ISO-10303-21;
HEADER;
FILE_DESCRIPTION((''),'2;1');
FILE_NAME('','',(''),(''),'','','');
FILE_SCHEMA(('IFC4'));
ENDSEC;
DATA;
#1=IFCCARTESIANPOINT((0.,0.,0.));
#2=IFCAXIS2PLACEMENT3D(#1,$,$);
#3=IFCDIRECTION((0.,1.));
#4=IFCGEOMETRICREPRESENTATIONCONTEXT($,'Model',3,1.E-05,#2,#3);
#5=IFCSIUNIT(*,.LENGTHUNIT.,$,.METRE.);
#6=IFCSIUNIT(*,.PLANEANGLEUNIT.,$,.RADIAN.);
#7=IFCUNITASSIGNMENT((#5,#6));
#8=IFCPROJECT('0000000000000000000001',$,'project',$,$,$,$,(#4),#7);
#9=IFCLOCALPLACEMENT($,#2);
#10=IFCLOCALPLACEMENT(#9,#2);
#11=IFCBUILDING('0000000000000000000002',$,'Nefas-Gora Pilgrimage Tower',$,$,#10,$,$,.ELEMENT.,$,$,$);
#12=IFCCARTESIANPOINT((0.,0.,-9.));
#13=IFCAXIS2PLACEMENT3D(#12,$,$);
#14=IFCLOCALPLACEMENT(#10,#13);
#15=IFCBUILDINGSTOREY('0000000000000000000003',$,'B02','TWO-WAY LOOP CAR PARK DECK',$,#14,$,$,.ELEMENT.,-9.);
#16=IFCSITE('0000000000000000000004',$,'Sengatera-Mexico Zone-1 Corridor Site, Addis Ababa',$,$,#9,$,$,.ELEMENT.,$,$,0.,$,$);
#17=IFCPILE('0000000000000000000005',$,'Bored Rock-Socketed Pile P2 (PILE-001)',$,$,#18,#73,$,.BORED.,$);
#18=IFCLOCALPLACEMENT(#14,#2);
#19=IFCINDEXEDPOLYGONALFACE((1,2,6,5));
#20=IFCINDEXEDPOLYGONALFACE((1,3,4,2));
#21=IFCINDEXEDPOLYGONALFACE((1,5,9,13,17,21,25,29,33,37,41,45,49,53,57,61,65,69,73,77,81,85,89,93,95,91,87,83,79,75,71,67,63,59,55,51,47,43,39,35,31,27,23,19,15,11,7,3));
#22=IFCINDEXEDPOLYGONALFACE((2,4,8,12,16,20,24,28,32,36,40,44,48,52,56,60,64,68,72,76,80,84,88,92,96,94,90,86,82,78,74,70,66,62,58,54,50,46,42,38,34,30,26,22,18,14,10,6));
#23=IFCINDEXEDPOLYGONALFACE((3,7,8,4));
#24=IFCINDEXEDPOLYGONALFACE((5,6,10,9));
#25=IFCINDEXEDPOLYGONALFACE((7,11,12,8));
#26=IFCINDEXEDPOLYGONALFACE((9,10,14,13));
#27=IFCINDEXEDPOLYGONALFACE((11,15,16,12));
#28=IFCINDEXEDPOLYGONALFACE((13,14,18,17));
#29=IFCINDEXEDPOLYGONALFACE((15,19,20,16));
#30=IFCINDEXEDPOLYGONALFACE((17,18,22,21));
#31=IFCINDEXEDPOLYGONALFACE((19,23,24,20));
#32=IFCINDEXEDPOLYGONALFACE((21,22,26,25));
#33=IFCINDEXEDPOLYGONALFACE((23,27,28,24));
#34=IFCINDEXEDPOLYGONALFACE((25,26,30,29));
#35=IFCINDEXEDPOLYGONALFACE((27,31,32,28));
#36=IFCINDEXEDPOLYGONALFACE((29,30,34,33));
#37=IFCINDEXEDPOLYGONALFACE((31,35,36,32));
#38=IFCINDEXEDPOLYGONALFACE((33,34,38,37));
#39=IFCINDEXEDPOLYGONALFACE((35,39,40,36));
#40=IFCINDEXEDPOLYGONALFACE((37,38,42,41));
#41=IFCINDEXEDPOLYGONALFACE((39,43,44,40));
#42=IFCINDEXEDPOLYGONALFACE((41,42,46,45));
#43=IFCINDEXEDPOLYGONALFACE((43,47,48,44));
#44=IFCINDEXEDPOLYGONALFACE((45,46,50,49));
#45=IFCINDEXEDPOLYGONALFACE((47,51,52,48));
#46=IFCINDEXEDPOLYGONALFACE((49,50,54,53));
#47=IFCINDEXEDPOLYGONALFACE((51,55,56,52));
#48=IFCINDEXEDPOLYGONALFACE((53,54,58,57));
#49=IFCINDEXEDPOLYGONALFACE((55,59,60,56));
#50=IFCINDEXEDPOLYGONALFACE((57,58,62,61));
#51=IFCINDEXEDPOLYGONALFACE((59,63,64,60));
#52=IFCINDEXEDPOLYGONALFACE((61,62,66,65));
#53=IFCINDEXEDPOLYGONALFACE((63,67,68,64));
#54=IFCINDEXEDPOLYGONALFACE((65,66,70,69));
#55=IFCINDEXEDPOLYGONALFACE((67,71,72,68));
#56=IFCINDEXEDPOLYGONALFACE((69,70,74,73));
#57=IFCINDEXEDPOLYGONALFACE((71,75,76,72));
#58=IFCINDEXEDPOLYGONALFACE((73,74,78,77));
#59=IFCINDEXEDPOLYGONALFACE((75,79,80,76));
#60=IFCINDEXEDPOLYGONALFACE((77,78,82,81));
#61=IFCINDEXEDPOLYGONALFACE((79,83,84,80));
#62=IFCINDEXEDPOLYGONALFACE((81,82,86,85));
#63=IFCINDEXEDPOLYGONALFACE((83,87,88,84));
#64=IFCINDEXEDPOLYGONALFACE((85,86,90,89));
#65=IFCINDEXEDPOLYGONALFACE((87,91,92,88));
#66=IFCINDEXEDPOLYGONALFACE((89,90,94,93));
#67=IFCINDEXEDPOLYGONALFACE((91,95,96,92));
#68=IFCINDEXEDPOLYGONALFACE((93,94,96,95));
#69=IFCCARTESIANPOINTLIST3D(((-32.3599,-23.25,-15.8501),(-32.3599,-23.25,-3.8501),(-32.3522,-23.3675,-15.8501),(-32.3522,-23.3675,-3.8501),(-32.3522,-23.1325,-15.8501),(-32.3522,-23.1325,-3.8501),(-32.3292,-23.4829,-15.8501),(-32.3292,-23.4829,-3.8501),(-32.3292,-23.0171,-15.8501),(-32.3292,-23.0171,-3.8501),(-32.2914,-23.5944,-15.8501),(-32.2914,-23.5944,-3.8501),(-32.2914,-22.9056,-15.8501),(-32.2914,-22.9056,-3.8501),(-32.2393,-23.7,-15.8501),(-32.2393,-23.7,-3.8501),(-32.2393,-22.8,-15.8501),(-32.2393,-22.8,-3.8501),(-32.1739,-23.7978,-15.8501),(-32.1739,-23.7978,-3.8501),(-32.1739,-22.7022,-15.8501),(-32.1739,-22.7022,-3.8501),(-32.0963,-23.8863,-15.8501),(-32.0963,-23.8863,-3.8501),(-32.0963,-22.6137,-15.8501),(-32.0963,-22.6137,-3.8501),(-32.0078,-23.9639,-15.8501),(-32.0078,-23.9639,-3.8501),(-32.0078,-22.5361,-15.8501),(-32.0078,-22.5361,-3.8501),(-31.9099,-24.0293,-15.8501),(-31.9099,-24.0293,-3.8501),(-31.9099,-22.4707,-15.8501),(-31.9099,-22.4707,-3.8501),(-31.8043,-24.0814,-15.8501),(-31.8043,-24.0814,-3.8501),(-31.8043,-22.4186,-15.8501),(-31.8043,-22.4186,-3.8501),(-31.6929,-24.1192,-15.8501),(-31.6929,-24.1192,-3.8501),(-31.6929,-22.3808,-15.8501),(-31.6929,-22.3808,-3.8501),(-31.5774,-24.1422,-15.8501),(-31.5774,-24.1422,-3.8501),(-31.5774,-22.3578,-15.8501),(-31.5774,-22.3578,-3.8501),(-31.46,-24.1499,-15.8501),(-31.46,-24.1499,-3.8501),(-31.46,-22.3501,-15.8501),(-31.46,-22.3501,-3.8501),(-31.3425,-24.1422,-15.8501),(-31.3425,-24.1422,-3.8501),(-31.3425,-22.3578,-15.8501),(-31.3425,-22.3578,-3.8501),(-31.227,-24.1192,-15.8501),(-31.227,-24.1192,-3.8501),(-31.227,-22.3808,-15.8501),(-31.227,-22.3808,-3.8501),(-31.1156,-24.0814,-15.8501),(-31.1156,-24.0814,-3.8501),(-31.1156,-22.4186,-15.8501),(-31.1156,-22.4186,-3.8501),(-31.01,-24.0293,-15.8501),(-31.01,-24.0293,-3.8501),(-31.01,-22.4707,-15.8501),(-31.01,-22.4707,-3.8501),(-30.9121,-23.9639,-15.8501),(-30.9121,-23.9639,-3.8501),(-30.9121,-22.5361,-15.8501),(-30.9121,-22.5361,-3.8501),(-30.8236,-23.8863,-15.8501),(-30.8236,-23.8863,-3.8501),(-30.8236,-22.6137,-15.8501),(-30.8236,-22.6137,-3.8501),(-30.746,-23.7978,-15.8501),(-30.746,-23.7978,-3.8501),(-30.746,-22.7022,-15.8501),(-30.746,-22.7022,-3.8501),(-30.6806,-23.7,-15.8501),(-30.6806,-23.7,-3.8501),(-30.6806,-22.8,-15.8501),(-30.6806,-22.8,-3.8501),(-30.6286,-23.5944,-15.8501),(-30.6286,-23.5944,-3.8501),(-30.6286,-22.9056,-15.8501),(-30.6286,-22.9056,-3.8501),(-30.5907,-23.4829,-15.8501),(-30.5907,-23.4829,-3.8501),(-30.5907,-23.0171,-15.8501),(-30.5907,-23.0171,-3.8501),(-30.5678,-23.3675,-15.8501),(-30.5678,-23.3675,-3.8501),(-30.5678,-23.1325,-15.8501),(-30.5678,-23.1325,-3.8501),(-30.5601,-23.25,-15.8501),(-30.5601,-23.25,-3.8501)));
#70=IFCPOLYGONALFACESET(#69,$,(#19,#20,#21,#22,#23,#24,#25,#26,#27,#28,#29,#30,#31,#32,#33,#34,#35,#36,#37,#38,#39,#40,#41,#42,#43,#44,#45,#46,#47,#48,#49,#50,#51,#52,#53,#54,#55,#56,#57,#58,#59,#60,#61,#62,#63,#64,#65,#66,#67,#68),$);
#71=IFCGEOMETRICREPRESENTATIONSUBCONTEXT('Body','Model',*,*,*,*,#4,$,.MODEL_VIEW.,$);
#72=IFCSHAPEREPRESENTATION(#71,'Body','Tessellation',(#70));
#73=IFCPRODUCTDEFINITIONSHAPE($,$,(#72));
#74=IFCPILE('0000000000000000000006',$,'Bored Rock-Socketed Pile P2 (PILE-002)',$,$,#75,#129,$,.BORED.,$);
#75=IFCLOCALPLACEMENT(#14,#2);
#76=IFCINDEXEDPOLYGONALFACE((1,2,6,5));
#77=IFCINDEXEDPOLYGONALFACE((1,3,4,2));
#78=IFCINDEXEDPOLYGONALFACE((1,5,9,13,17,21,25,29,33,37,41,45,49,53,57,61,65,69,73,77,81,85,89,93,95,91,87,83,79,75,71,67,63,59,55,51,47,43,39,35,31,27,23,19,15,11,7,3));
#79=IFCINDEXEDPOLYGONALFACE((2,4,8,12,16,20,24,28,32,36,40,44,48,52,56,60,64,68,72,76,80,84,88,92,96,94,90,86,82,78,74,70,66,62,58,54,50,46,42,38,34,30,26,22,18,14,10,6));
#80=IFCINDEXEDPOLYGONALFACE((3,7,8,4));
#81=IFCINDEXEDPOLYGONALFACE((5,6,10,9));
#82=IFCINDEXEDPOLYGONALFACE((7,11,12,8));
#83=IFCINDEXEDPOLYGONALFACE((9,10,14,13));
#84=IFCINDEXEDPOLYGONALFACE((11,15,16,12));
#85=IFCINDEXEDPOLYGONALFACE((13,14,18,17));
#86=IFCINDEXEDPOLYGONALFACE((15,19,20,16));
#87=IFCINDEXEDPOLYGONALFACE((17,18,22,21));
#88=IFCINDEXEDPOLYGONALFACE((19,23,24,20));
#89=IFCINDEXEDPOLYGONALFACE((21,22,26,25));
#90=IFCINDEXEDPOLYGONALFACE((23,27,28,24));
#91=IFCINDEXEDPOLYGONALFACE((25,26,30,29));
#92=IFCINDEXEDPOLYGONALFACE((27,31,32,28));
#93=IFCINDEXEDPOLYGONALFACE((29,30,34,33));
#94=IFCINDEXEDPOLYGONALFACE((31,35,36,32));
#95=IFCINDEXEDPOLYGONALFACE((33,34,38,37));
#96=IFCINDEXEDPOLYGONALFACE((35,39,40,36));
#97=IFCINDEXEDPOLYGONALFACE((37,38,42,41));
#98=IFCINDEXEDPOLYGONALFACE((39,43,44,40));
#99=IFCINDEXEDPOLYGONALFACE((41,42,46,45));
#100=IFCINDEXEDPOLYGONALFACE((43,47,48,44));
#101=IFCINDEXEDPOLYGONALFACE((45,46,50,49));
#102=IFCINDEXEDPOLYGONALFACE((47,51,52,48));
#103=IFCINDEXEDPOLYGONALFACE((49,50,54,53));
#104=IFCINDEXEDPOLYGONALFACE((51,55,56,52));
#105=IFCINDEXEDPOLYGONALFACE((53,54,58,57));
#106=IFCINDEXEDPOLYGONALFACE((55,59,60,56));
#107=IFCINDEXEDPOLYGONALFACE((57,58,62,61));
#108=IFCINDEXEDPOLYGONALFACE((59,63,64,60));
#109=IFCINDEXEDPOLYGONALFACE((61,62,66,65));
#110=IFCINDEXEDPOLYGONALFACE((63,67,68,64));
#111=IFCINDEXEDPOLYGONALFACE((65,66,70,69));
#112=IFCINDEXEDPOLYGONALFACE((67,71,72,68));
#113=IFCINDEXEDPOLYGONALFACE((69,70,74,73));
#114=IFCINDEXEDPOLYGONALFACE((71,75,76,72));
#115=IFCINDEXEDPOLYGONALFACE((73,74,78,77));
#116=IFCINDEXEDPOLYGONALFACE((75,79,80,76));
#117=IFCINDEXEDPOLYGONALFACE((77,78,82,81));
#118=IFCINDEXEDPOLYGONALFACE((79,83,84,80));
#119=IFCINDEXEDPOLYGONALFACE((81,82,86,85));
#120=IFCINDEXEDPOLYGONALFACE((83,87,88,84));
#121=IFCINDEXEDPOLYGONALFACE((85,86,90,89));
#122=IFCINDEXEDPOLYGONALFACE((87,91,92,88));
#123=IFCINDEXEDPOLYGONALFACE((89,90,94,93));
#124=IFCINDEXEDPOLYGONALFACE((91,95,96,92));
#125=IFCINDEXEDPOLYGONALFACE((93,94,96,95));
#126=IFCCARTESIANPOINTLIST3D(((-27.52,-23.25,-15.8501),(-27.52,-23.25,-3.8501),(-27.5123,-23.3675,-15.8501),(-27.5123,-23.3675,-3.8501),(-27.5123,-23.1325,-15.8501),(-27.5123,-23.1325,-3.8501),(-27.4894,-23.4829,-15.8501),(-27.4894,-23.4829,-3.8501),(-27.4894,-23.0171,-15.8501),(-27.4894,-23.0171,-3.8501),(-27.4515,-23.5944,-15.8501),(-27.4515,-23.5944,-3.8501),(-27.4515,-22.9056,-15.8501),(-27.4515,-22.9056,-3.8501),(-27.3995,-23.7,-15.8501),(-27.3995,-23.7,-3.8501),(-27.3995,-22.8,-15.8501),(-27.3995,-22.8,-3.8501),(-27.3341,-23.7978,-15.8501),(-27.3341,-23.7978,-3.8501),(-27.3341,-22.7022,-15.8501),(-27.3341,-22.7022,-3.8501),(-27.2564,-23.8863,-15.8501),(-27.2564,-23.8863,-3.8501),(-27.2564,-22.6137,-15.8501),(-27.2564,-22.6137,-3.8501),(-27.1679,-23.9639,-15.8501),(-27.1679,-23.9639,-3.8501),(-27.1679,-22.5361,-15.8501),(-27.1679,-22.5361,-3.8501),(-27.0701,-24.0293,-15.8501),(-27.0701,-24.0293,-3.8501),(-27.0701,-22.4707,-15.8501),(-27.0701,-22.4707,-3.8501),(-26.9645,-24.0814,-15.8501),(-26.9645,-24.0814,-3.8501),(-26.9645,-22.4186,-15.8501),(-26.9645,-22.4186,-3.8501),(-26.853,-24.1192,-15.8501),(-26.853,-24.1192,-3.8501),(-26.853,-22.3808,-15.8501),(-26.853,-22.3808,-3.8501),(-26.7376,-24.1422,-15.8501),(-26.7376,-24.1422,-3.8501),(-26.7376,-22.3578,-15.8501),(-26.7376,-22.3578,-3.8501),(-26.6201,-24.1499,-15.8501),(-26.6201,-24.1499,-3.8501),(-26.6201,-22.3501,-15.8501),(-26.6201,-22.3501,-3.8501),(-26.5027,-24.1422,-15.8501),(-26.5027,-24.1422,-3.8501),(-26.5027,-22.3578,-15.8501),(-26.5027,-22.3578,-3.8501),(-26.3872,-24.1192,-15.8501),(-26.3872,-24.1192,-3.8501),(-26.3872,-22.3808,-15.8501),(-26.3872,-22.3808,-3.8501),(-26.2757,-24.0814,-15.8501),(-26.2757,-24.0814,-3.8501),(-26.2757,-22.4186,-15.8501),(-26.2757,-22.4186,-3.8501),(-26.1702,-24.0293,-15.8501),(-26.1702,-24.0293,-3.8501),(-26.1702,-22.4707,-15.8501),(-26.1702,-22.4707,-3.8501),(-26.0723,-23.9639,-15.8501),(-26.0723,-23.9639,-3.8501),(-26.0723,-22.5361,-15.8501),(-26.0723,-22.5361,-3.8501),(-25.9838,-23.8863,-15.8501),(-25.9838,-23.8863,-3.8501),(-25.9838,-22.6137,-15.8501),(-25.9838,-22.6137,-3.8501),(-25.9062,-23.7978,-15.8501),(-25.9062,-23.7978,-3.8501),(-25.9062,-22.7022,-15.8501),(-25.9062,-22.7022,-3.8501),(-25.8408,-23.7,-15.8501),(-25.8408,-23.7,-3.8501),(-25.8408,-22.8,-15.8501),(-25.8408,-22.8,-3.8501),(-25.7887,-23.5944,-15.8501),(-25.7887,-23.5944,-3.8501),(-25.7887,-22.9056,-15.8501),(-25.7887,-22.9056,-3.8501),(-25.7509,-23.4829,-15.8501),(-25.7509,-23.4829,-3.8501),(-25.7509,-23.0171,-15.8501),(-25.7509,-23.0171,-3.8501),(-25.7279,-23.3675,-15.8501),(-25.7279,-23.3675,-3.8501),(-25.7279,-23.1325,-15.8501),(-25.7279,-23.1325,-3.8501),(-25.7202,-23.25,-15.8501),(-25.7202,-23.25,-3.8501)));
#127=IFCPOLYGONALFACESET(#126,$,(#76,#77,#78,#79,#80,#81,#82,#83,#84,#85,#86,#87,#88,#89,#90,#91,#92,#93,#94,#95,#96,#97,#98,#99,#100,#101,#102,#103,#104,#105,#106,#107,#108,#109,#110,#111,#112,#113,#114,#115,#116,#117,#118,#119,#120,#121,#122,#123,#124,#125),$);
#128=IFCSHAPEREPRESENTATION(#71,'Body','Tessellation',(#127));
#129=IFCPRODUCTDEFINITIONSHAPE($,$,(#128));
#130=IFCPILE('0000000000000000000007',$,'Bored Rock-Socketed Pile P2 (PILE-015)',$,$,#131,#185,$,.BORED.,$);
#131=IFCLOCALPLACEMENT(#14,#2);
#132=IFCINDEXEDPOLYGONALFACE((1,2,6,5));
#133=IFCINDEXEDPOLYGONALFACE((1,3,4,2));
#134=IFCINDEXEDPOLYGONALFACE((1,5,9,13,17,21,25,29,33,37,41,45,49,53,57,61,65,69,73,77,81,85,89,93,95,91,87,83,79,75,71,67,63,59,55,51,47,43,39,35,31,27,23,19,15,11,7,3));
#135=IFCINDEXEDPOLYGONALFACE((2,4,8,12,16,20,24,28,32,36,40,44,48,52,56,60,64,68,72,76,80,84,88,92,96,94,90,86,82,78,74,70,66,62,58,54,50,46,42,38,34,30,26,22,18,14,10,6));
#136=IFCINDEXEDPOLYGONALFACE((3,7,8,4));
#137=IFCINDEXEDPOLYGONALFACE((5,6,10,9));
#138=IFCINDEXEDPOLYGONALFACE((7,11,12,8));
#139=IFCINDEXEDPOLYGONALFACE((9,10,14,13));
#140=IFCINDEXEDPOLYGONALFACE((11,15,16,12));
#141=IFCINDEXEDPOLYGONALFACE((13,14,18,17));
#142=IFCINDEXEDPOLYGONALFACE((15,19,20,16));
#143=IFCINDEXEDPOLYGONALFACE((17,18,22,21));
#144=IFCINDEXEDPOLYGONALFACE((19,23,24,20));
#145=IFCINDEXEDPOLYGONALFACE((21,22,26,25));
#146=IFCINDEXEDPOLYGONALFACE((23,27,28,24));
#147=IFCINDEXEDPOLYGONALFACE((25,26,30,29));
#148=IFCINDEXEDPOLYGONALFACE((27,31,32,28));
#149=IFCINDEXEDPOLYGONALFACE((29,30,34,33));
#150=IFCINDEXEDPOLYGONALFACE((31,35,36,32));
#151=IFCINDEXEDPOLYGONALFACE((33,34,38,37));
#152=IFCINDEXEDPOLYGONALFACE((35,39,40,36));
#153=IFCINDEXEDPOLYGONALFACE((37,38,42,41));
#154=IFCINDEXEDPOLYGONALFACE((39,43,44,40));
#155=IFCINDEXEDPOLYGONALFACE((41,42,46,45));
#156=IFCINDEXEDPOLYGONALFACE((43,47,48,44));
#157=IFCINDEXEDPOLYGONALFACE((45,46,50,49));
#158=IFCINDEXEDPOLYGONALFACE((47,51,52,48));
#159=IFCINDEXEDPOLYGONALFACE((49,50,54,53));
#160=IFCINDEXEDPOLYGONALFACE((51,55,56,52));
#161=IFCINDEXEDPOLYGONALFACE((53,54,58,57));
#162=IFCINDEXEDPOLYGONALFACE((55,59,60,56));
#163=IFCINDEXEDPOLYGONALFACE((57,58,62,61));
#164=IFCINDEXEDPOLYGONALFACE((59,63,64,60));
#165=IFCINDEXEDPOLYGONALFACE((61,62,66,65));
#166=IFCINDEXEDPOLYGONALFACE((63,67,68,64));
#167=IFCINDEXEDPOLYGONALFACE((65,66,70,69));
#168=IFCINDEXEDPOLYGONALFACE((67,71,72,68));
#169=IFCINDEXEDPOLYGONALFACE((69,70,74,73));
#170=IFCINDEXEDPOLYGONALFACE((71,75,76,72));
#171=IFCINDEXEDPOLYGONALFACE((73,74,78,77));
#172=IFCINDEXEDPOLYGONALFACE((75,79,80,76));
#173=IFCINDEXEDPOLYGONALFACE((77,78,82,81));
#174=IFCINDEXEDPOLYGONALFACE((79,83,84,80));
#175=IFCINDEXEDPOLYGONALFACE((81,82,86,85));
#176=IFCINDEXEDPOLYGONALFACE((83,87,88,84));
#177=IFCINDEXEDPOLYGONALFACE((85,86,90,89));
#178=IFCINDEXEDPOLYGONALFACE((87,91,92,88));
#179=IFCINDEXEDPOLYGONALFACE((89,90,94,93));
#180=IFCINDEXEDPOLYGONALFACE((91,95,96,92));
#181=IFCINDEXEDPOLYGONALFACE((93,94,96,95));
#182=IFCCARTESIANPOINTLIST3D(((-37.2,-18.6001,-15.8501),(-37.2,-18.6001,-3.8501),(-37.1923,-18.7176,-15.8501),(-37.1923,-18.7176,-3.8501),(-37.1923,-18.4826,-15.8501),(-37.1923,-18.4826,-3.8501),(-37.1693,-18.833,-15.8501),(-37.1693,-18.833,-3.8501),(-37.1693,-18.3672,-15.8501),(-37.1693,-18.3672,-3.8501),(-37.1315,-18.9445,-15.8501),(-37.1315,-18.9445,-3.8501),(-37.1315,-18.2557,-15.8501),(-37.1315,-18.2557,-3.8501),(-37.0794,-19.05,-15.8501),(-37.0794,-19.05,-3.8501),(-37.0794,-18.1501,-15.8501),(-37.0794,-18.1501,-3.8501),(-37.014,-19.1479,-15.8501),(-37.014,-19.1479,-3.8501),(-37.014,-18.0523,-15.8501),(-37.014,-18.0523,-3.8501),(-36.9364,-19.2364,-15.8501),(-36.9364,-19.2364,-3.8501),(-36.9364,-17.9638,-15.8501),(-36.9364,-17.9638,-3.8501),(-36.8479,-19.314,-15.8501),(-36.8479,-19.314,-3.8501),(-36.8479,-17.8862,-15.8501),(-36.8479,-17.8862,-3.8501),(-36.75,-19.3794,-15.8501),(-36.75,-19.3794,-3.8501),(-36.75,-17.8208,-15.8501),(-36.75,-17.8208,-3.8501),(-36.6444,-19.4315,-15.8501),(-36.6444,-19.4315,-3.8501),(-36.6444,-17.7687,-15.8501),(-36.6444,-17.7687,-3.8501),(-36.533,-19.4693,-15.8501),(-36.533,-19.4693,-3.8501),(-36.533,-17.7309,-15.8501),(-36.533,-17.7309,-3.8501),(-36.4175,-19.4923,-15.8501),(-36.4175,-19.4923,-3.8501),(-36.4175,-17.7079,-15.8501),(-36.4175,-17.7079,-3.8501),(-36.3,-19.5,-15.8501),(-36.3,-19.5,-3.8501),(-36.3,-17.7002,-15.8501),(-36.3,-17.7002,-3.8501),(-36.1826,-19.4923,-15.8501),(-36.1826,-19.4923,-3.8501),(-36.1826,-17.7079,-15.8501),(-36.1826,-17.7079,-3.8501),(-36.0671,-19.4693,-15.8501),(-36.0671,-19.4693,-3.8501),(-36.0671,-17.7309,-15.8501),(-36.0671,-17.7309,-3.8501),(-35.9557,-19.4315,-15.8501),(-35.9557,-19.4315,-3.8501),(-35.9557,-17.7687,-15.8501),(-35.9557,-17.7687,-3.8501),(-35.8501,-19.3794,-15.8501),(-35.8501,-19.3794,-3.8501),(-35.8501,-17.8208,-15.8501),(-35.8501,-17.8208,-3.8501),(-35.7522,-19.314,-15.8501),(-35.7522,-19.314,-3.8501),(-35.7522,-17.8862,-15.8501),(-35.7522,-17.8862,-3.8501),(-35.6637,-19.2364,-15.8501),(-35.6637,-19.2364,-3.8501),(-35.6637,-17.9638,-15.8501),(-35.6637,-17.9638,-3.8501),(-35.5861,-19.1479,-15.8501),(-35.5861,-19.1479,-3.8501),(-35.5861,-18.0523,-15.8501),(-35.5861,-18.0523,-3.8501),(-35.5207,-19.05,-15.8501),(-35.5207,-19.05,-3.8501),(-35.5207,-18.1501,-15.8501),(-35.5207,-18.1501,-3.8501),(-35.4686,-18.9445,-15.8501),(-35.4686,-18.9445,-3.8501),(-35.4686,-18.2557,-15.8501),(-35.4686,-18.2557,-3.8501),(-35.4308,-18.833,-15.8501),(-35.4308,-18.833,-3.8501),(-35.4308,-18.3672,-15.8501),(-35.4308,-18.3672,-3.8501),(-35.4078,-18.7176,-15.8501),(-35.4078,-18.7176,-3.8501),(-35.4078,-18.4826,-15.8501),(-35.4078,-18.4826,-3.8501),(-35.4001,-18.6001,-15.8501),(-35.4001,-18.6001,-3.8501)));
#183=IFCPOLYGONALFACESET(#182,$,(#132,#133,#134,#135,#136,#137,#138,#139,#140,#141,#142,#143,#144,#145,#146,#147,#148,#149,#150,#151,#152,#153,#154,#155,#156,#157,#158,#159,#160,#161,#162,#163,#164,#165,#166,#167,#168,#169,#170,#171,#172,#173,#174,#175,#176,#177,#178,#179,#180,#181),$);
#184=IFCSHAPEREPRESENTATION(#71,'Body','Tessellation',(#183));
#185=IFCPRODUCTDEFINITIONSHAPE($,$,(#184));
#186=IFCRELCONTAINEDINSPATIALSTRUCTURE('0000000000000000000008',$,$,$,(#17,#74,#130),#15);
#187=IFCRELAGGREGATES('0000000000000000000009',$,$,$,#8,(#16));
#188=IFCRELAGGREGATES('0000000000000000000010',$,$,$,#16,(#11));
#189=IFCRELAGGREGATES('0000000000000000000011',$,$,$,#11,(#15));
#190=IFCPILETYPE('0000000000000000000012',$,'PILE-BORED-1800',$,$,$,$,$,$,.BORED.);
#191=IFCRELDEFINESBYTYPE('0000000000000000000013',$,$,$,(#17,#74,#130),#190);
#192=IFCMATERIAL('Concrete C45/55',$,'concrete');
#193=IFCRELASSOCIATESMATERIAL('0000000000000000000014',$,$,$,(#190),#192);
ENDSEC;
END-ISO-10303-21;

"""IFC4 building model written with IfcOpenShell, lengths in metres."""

from ifc_helpers import new_model, si_unit, direction, frame, origin, origin_2d, place, context, subcontext, project, spatial, circle, extrude, source, transform, mapped, material, material_profile, profile_set, type_object, element, save


model = new_model("IFC4")

# Units and contexts
model_context = context("Model", 3, precision=1e-05, world=origin(), true_north=direction((0.0, 1.0)))
body_context = subcontext(model_context, "Body", "Model", "MODEL_VIEW")
ifc_project = project(units=[si_unit("LENGTHUNIT", "METRE"), si_unit("PLANEANGLEUNIT", "RADIAN")], contexts=[model_context])

# Site, building, storey
site_placement = place(None, origin())
site = spatial("IfcSite", under=ifc_project, at=site_placement, Name="Sengatera-Mexico Zone-1 Corridor Site, Addis Ababa", CompositionType="ELEMENT", RefElevation=0.0)
building_placement = place(site_placement, origin())
building = spatial("IfcBuilding", under=site, at=building_placement, Name="Nefas-Gora Pilgrimage Tower", CompositionType="ELEMENT")
storey_placement = place(building_placement, frame((0.0, 0.0, -9.0)))
storey = spatial("IfcBuildingStorey", under=building, at=storey_placement, Name="B02", Description="TWO-WAY LOOP CAR PARK DECK", CompositionType="ELEMENT", Elevation=-9.0)

# Piles
ifc_material_1 = material(Name="Concrete C45/55", Category="concrete")
ifc_material_profile_1 = material_profile(ifc_material_1, circle(Radius=0.8999, at=origin_2d()), Name="PILE D1800")
ifc_profile_set_1 = profile_set([ifc_material_profile_1], Name="Concrete C45/55")
pile_type_1 = type_object("IfcPileType", Name="PILE-BORED-1800", PredefinedType="BORED", material=ifc_profile_set_1)
shared_shape_1 = source(origin(), body_context, "Body", "SweptSolid", [
    extrude(circle(Radius=0.8999, at=origin_2d()), origin(), (0.0, 0.0, 1.0), 12.0),
])
for number, where, z_axis, x_axis, name in (
    (1, (-31.46, -23.25, -3.8501), (0.0, 0.0, -1.0), (1.0, 0.0, 0.0), "Bored Rock-Socketed Pile P2 (PILE-001)"),
    (2, (-26.6201, -23.25, -3.8501), (0.0, 0.0, -1.0), (1.0, 0.0, 0.0), "Bored Rock-Socketed Pile P2 (PILE-002)"),
    (3, (-36.3, -18.6001, -3.8501), (0.0, 0.0, -1.0), (1.0, 0.0, 0.0), "Bored Rock-Socketed Pile P2 (PILE-015)"),
):
    element("IfcPile", number, at=place(storey_placement, frame(where, z_axis=z_axis, x_axis=x_axis)), inside=storey, type_object=pile_type_1, Name=name, PredefinedType="BORED", context=body_context, shape_type="MappedRepresentation", body=[
        mapped(shared_shape_1, transform((0.0, 0.0, 0.0), x_axis=(1.0, 0.0, 0.0), y_axis=(0.0, 1.0, 0.0), z_axis=(0.0, 0.0, 1.0), scale=1.0)),
    ])

save(model, "model.ifc")
